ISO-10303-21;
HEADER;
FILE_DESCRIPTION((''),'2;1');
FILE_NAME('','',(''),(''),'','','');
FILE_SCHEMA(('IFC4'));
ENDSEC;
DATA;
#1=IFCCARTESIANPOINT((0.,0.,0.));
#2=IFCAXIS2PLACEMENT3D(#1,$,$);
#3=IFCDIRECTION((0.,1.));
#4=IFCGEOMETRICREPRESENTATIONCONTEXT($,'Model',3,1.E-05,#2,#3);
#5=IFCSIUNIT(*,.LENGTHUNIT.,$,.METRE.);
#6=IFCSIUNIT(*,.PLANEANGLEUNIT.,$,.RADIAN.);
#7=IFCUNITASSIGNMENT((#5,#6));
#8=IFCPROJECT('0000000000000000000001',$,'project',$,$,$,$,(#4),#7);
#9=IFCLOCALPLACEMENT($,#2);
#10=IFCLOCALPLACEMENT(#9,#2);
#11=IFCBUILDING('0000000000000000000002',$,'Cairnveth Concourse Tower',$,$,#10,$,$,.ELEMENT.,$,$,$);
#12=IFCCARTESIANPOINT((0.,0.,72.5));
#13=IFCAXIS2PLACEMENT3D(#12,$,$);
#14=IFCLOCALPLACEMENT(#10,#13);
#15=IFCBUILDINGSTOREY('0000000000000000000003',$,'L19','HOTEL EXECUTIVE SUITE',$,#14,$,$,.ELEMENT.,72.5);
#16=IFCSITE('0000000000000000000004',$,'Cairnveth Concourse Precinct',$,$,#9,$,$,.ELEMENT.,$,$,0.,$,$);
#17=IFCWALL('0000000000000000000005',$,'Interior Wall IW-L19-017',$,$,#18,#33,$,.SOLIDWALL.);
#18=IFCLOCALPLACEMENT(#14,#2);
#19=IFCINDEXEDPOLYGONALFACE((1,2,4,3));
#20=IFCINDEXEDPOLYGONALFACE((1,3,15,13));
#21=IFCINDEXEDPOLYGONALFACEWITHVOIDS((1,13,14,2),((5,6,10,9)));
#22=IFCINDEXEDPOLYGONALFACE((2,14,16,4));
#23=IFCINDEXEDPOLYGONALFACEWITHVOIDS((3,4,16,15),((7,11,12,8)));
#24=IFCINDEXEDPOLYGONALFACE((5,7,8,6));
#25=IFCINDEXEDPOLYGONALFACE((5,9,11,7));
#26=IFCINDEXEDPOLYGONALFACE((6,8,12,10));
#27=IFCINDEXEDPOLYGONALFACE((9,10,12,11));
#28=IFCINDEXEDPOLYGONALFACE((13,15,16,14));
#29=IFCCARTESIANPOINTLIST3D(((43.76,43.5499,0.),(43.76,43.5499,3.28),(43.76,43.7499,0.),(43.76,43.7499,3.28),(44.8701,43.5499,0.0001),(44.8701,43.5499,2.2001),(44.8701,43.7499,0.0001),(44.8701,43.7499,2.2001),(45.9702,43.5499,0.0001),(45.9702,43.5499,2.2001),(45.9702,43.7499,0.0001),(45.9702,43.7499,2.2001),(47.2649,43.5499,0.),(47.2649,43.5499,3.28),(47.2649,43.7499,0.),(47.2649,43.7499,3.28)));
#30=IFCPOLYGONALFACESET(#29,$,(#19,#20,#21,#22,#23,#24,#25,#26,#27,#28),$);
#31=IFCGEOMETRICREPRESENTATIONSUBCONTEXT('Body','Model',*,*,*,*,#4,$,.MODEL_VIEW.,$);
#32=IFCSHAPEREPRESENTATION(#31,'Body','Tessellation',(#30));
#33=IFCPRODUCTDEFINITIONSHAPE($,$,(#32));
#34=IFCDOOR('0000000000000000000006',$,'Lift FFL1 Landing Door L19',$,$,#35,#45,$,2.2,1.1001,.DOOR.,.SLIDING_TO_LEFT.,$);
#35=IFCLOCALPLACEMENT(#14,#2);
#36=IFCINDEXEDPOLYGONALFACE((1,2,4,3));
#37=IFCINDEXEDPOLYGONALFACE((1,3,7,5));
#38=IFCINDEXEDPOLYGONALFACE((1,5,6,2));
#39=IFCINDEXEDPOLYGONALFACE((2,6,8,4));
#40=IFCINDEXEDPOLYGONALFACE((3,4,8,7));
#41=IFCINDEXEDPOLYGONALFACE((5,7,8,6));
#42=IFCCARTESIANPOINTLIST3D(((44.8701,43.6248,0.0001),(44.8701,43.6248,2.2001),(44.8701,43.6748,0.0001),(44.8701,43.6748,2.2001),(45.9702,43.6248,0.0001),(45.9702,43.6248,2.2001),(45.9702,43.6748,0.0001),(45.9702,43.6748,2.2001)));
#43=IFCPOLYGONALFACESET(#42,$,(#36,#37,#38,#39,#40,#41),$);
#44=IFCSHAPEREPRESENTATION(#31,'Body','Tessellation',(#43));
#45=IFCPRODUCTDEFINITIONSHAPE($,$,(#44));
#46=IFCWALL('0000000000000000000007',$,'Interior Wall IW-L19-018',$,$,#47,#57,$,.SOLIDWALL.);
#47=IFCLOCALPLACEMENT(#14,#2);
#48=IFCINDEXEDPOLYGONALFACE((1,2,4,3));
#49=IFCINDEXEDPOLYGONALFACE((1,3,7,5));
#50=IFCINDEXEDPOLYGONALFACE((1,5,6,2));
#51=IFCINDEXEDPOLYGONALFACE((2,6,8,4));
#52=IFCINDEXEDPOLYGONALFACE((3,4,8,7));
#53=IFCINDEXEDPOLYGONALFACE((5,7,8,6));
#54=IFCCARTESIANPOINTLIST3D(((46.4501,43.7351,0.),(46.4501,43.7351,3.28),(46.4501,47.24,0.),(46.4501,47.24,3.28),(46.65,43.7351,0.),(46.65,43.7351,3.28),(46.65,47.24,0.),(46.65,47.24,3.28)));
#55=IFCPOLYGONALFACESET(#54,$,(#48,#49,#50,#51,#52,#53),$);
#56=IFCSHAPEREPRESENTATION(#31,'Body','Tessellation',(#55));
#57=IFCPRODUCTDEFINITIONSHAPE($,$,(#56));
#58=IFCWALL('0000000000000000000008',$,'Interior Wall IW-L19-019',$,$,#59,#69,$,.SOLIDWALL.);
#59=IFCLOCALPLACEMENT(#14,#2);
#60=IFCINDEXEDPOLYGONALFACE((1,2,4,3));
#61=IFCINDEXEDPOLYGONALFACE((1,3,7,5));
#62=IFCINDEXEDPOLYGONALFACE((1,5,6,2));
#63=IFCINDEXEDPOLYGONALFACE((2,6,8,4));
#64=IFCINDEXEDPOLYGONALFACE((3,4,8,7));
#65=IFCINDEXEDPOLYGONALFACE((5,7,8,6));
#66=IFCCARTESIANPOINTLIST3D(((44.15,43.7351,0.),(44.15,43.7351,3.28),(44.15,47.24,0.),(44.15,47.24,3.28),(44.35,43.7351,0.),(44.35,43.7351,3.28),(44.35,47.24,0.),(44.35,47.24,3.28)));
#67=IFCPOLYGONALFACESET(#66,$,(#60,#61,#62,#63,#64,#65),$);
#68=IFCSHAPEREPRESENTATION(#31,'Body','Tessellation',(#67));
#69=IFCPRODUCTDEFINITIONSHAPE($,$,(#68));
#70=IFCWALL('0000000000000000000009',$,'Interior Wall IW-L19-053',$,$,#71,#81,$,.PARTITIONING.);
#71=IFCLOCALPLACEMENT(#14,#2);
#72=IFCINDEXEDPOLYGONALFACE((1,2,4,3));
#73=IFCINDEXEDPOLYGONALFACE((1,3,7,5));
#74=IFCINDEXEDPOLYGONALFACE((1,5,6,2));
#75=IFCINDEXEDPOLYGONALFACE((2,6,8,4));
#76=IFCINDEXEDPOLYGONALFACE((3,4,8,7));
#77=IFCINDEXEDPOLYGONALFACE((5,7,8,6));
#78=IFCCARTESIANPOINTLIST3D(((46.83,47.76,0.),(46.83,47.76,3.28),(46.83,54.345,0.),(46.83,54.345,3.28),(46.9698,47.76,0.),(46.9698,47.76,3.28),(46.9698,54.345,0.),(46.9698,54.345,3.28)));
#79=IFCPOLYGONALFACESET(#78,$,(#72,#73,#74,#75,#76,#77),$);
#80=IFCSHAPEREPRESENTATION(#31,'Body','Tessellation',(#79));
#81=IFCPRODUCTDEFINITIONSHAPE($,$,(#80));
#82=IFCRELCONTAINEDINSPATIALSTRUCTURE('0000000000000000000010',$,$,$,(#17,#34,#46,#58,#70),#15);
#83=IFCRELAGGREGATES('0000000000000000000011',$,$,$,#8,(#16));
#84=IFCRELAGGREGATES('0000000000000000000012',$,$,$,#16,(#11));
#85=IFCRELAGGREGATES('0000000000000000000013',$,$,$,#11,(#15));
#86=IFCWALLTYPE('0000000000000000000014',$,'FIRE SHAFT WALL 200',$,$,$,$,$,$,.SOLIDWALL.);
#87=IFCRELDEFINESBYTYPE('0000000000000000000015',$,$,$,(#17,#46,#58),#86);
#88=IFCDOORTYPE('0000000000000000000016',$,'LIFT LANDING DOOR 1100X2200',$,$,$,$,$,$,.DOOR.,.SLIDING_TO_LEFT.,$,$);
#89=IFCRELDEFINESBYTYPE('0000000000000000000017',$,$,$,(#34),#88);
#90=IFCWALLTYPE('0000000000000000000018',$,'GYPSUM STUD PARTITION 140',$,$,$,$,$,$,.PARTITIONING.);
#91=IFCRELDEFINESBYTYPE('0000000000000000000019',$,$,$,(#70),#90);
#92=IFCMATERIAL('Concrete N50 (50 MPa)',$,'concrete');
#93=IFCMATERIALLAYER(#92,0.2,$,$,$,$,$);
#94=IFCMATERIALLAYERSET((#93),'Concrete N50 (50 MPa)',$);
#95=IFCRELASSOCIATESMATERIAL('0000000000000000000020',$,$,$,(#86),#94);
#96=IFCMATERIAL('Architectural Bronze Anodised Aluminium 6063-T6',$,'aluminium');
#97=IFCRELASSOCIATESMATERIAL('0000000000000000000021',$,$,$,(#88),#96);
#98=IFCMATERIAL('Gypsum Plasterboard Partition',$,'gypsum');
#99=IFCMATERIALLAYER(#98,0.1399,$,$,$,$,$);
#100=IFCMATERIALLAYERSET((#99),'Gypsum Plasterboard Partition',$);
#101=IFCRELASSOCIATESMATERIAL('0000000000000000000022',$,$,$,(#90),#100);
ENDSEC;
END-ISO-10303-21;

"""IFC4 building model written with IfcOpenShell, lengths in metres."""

from ifc_helpers import new_model, si_unit, direction, frame, frame_2d, origin, place, context, subcontext, project, spatial, rectangle, extrude, material, layer, layer_set, type_object, element, fill, save


model = new_model("IFC4")

# Units and contexts
model_context = context("Model", 3, precision=1e-05, world=origin(), true_north=direction((0.0, 1.0)))
body_context = subcontext(model_context, "Body", "Model", "MODEL_VIEW")
ifc_project = project(units=[si_unit("LENGTHUNIT", "METRE"), si_unit("PLANEANGLEUNIT", "RADIAN")], contexts=[model_context])

# Site, building, storey
site_placement = place(None, origin())
site = spatial("IfcSite", under=ifc_project, at=site_placement, Name="Cairnveth Concourse Precinct", CompositionType="ELEMENT", RefElevation=0.0)
building_placement = place(site_placement, origin())
building = spatial("IfcBuilding", under=site, at=building_placement, Name="Cairnveth Concourse Tower", CompositionType="ELEMENT")
storey_placement = place(building_placement, frame((0.0, 0.0, 72.5)))
storey = spatial("IfcBuildingStorey", under=building, at=storey_placement, Name="L19", Description="HOTEL EXECUTIVE SUITE", CompositionType="ELEMENT", Elevation=72.5)

# Shared definitions
ifc_material_1 = material(Name="Concrete N50 (50 MPa)", Category="concrete")

# Shared definitions
ifc_layer_1 = layer(ifc_material_1, 0.2)
ifc_layer_set_1 = layer_set([ifc_layer_1], Name="Concrete N50 (50 MPa)")
wall_type_1 = type_object("IfcWallType", Name="FIRE SHAFT WALL 200", PredefinedType="SOLIDWALL", material=ifc_layer_set_1)

# Wall, opening, door
wall_1_placement = place(storey_placement, frame((43.76, 43.6499, 0.0), z_axis=(0.0, 0.0, 1.0), x_axis=(1.0, 0.0, 0.0)))
wall_1 = element("IfcWall", 1, at=wall_1_placement, inside=storey, type_object=wall_type_1, Name="Interior Wall IW-L19-017", PredefinedType="SOLIDWALL", context=body_context, shape_type="SweptSolid", body=[
    extrude(rectangle(XDim=3.5049, YDim=0.2, at=frame_2d((1.7524, 0.0))), origin(), (0.0, 0.0, 1.0), 3.28),
])
opening_1_placement = place(wall_1_placement, frame((1.1101, 0.0, 0.0)))
opening_1 = element("IfcOpeningElement", 2, at=opening_1_placement, cuts=wall_1, PredefinedType="OPENING", context=body_context, shape_type="SweptSolid", body=[
    extrude(rectangle(XDim=1.1001, YDim=2.2, at=frame_2d((0.55, 1.1001))), frame((0.0, 0.1099, 0.0), z_axis=(0.0, -1.0, 0.0), x_axis=(1.0, 0.0, 0.0)), (0.0, 0.0, 1.0), 0.22),
])
ifc_material_2 = material(Name="Architectural Bronze Anodised Aluminium 6063-T6", Category="aluminium")
door_type_1 = type_object("IfcDoorType", Name="LIFT LANDING DOOR 1100X2200", OperationType="SLIDING_TO_LEFT", PredefinedType="DOOR", material=ifc_material_2)
door_1_placement = place(opening_1_placement, origin())
door_1 = element("IfcDoor", 3, at=door_1_placement, inside=storey, type_object=door_type_1, Name="Lift FFL1 Landing Door L19", OperationType="SLIDING_TO_LEFT", OverallHeight=2.2, OverallWidth=1.1001, PredefinedType="DOOR", context=body_context, shape_type="SweptSolid", body=[
    extrude(rectangle(XDim=1.1001, YDim=2.2, at=frame_2d((0.55, 1.1001))), frame((0.0, 0.0249, 0.0), z_axis=(0.0, -1.0, 0.0), x_axis=(1.0, 0.0, 0.0)), (0.0, 0.0, 1.0), 0.05),
])
fill(opening_1, door_1)

# Walls
for number, where, z_axis, x_axis, name in (
    (4, (46.55, 43.7351, 0.0), (0.0, 0.0, 1.0), (0.0, 1.0, 0.0), "Interior Wall IW-L19-018"),
    (5, (44.25, 43.7351, 0.0), (0.0, 0.0, 1.0), (0.0, 1.0, 0.0), "Interior Wall IW-L19-019"),
):
    element("IfcWall", number, at=place(storey_placement, frame(where, z_axis=z_axis, x_axis=x_axis)), inside=storey, type_object=wall_type_1, Name=name, PredefinedType="SOLIDWALL", context=body_context, shape_type="SweptSolid", body=[
        extrude(rectangle(XDim=3.5049, YDim=0.2, at=frame_2d((1.7524, 0.0))), origin(), (0.0, 0.0, 1.0), 3.28),
    ])
ifc_material_3 = material(Name="Gypsum Plasterboard Partition", Category="gypsum")
ifc_layer_2 = layer(ifc_material_3, 0.1399)
ifc_layer_set_2 = layer_set([ifc_layer_2], Name="Gypsum Plasterboard Partition")
wall_type_2 = type_object("IfcWallType", Name="GYPSUM STUD PARTITION 140", PredefinedType="PARTITIONING", material=ifc_layer_set_2)
wall_2_placement = place(storey_placement, frame((46.8999, 47.76, 0.0), z_axis=(0.0, 0.0, 1.0), x_axis=(0.0, 1.0, 0.0)))
element("IfcWall", 6, at=wall_2_placement, inside=storey, type_object=wall_type_2, Name="Interior Wall IW-L19-053", PredefinedType="PARTITIONING", context=body_context, shape_type="SweptSolid", body=[
    extrude(rectangle(XDim=6.585, YDim=0.1399, at=frame_2d((3.2925, 0.0))), origin(), (0.0, 0.0, 1.0), 3.28),
])

save(model, "model.ifc")
